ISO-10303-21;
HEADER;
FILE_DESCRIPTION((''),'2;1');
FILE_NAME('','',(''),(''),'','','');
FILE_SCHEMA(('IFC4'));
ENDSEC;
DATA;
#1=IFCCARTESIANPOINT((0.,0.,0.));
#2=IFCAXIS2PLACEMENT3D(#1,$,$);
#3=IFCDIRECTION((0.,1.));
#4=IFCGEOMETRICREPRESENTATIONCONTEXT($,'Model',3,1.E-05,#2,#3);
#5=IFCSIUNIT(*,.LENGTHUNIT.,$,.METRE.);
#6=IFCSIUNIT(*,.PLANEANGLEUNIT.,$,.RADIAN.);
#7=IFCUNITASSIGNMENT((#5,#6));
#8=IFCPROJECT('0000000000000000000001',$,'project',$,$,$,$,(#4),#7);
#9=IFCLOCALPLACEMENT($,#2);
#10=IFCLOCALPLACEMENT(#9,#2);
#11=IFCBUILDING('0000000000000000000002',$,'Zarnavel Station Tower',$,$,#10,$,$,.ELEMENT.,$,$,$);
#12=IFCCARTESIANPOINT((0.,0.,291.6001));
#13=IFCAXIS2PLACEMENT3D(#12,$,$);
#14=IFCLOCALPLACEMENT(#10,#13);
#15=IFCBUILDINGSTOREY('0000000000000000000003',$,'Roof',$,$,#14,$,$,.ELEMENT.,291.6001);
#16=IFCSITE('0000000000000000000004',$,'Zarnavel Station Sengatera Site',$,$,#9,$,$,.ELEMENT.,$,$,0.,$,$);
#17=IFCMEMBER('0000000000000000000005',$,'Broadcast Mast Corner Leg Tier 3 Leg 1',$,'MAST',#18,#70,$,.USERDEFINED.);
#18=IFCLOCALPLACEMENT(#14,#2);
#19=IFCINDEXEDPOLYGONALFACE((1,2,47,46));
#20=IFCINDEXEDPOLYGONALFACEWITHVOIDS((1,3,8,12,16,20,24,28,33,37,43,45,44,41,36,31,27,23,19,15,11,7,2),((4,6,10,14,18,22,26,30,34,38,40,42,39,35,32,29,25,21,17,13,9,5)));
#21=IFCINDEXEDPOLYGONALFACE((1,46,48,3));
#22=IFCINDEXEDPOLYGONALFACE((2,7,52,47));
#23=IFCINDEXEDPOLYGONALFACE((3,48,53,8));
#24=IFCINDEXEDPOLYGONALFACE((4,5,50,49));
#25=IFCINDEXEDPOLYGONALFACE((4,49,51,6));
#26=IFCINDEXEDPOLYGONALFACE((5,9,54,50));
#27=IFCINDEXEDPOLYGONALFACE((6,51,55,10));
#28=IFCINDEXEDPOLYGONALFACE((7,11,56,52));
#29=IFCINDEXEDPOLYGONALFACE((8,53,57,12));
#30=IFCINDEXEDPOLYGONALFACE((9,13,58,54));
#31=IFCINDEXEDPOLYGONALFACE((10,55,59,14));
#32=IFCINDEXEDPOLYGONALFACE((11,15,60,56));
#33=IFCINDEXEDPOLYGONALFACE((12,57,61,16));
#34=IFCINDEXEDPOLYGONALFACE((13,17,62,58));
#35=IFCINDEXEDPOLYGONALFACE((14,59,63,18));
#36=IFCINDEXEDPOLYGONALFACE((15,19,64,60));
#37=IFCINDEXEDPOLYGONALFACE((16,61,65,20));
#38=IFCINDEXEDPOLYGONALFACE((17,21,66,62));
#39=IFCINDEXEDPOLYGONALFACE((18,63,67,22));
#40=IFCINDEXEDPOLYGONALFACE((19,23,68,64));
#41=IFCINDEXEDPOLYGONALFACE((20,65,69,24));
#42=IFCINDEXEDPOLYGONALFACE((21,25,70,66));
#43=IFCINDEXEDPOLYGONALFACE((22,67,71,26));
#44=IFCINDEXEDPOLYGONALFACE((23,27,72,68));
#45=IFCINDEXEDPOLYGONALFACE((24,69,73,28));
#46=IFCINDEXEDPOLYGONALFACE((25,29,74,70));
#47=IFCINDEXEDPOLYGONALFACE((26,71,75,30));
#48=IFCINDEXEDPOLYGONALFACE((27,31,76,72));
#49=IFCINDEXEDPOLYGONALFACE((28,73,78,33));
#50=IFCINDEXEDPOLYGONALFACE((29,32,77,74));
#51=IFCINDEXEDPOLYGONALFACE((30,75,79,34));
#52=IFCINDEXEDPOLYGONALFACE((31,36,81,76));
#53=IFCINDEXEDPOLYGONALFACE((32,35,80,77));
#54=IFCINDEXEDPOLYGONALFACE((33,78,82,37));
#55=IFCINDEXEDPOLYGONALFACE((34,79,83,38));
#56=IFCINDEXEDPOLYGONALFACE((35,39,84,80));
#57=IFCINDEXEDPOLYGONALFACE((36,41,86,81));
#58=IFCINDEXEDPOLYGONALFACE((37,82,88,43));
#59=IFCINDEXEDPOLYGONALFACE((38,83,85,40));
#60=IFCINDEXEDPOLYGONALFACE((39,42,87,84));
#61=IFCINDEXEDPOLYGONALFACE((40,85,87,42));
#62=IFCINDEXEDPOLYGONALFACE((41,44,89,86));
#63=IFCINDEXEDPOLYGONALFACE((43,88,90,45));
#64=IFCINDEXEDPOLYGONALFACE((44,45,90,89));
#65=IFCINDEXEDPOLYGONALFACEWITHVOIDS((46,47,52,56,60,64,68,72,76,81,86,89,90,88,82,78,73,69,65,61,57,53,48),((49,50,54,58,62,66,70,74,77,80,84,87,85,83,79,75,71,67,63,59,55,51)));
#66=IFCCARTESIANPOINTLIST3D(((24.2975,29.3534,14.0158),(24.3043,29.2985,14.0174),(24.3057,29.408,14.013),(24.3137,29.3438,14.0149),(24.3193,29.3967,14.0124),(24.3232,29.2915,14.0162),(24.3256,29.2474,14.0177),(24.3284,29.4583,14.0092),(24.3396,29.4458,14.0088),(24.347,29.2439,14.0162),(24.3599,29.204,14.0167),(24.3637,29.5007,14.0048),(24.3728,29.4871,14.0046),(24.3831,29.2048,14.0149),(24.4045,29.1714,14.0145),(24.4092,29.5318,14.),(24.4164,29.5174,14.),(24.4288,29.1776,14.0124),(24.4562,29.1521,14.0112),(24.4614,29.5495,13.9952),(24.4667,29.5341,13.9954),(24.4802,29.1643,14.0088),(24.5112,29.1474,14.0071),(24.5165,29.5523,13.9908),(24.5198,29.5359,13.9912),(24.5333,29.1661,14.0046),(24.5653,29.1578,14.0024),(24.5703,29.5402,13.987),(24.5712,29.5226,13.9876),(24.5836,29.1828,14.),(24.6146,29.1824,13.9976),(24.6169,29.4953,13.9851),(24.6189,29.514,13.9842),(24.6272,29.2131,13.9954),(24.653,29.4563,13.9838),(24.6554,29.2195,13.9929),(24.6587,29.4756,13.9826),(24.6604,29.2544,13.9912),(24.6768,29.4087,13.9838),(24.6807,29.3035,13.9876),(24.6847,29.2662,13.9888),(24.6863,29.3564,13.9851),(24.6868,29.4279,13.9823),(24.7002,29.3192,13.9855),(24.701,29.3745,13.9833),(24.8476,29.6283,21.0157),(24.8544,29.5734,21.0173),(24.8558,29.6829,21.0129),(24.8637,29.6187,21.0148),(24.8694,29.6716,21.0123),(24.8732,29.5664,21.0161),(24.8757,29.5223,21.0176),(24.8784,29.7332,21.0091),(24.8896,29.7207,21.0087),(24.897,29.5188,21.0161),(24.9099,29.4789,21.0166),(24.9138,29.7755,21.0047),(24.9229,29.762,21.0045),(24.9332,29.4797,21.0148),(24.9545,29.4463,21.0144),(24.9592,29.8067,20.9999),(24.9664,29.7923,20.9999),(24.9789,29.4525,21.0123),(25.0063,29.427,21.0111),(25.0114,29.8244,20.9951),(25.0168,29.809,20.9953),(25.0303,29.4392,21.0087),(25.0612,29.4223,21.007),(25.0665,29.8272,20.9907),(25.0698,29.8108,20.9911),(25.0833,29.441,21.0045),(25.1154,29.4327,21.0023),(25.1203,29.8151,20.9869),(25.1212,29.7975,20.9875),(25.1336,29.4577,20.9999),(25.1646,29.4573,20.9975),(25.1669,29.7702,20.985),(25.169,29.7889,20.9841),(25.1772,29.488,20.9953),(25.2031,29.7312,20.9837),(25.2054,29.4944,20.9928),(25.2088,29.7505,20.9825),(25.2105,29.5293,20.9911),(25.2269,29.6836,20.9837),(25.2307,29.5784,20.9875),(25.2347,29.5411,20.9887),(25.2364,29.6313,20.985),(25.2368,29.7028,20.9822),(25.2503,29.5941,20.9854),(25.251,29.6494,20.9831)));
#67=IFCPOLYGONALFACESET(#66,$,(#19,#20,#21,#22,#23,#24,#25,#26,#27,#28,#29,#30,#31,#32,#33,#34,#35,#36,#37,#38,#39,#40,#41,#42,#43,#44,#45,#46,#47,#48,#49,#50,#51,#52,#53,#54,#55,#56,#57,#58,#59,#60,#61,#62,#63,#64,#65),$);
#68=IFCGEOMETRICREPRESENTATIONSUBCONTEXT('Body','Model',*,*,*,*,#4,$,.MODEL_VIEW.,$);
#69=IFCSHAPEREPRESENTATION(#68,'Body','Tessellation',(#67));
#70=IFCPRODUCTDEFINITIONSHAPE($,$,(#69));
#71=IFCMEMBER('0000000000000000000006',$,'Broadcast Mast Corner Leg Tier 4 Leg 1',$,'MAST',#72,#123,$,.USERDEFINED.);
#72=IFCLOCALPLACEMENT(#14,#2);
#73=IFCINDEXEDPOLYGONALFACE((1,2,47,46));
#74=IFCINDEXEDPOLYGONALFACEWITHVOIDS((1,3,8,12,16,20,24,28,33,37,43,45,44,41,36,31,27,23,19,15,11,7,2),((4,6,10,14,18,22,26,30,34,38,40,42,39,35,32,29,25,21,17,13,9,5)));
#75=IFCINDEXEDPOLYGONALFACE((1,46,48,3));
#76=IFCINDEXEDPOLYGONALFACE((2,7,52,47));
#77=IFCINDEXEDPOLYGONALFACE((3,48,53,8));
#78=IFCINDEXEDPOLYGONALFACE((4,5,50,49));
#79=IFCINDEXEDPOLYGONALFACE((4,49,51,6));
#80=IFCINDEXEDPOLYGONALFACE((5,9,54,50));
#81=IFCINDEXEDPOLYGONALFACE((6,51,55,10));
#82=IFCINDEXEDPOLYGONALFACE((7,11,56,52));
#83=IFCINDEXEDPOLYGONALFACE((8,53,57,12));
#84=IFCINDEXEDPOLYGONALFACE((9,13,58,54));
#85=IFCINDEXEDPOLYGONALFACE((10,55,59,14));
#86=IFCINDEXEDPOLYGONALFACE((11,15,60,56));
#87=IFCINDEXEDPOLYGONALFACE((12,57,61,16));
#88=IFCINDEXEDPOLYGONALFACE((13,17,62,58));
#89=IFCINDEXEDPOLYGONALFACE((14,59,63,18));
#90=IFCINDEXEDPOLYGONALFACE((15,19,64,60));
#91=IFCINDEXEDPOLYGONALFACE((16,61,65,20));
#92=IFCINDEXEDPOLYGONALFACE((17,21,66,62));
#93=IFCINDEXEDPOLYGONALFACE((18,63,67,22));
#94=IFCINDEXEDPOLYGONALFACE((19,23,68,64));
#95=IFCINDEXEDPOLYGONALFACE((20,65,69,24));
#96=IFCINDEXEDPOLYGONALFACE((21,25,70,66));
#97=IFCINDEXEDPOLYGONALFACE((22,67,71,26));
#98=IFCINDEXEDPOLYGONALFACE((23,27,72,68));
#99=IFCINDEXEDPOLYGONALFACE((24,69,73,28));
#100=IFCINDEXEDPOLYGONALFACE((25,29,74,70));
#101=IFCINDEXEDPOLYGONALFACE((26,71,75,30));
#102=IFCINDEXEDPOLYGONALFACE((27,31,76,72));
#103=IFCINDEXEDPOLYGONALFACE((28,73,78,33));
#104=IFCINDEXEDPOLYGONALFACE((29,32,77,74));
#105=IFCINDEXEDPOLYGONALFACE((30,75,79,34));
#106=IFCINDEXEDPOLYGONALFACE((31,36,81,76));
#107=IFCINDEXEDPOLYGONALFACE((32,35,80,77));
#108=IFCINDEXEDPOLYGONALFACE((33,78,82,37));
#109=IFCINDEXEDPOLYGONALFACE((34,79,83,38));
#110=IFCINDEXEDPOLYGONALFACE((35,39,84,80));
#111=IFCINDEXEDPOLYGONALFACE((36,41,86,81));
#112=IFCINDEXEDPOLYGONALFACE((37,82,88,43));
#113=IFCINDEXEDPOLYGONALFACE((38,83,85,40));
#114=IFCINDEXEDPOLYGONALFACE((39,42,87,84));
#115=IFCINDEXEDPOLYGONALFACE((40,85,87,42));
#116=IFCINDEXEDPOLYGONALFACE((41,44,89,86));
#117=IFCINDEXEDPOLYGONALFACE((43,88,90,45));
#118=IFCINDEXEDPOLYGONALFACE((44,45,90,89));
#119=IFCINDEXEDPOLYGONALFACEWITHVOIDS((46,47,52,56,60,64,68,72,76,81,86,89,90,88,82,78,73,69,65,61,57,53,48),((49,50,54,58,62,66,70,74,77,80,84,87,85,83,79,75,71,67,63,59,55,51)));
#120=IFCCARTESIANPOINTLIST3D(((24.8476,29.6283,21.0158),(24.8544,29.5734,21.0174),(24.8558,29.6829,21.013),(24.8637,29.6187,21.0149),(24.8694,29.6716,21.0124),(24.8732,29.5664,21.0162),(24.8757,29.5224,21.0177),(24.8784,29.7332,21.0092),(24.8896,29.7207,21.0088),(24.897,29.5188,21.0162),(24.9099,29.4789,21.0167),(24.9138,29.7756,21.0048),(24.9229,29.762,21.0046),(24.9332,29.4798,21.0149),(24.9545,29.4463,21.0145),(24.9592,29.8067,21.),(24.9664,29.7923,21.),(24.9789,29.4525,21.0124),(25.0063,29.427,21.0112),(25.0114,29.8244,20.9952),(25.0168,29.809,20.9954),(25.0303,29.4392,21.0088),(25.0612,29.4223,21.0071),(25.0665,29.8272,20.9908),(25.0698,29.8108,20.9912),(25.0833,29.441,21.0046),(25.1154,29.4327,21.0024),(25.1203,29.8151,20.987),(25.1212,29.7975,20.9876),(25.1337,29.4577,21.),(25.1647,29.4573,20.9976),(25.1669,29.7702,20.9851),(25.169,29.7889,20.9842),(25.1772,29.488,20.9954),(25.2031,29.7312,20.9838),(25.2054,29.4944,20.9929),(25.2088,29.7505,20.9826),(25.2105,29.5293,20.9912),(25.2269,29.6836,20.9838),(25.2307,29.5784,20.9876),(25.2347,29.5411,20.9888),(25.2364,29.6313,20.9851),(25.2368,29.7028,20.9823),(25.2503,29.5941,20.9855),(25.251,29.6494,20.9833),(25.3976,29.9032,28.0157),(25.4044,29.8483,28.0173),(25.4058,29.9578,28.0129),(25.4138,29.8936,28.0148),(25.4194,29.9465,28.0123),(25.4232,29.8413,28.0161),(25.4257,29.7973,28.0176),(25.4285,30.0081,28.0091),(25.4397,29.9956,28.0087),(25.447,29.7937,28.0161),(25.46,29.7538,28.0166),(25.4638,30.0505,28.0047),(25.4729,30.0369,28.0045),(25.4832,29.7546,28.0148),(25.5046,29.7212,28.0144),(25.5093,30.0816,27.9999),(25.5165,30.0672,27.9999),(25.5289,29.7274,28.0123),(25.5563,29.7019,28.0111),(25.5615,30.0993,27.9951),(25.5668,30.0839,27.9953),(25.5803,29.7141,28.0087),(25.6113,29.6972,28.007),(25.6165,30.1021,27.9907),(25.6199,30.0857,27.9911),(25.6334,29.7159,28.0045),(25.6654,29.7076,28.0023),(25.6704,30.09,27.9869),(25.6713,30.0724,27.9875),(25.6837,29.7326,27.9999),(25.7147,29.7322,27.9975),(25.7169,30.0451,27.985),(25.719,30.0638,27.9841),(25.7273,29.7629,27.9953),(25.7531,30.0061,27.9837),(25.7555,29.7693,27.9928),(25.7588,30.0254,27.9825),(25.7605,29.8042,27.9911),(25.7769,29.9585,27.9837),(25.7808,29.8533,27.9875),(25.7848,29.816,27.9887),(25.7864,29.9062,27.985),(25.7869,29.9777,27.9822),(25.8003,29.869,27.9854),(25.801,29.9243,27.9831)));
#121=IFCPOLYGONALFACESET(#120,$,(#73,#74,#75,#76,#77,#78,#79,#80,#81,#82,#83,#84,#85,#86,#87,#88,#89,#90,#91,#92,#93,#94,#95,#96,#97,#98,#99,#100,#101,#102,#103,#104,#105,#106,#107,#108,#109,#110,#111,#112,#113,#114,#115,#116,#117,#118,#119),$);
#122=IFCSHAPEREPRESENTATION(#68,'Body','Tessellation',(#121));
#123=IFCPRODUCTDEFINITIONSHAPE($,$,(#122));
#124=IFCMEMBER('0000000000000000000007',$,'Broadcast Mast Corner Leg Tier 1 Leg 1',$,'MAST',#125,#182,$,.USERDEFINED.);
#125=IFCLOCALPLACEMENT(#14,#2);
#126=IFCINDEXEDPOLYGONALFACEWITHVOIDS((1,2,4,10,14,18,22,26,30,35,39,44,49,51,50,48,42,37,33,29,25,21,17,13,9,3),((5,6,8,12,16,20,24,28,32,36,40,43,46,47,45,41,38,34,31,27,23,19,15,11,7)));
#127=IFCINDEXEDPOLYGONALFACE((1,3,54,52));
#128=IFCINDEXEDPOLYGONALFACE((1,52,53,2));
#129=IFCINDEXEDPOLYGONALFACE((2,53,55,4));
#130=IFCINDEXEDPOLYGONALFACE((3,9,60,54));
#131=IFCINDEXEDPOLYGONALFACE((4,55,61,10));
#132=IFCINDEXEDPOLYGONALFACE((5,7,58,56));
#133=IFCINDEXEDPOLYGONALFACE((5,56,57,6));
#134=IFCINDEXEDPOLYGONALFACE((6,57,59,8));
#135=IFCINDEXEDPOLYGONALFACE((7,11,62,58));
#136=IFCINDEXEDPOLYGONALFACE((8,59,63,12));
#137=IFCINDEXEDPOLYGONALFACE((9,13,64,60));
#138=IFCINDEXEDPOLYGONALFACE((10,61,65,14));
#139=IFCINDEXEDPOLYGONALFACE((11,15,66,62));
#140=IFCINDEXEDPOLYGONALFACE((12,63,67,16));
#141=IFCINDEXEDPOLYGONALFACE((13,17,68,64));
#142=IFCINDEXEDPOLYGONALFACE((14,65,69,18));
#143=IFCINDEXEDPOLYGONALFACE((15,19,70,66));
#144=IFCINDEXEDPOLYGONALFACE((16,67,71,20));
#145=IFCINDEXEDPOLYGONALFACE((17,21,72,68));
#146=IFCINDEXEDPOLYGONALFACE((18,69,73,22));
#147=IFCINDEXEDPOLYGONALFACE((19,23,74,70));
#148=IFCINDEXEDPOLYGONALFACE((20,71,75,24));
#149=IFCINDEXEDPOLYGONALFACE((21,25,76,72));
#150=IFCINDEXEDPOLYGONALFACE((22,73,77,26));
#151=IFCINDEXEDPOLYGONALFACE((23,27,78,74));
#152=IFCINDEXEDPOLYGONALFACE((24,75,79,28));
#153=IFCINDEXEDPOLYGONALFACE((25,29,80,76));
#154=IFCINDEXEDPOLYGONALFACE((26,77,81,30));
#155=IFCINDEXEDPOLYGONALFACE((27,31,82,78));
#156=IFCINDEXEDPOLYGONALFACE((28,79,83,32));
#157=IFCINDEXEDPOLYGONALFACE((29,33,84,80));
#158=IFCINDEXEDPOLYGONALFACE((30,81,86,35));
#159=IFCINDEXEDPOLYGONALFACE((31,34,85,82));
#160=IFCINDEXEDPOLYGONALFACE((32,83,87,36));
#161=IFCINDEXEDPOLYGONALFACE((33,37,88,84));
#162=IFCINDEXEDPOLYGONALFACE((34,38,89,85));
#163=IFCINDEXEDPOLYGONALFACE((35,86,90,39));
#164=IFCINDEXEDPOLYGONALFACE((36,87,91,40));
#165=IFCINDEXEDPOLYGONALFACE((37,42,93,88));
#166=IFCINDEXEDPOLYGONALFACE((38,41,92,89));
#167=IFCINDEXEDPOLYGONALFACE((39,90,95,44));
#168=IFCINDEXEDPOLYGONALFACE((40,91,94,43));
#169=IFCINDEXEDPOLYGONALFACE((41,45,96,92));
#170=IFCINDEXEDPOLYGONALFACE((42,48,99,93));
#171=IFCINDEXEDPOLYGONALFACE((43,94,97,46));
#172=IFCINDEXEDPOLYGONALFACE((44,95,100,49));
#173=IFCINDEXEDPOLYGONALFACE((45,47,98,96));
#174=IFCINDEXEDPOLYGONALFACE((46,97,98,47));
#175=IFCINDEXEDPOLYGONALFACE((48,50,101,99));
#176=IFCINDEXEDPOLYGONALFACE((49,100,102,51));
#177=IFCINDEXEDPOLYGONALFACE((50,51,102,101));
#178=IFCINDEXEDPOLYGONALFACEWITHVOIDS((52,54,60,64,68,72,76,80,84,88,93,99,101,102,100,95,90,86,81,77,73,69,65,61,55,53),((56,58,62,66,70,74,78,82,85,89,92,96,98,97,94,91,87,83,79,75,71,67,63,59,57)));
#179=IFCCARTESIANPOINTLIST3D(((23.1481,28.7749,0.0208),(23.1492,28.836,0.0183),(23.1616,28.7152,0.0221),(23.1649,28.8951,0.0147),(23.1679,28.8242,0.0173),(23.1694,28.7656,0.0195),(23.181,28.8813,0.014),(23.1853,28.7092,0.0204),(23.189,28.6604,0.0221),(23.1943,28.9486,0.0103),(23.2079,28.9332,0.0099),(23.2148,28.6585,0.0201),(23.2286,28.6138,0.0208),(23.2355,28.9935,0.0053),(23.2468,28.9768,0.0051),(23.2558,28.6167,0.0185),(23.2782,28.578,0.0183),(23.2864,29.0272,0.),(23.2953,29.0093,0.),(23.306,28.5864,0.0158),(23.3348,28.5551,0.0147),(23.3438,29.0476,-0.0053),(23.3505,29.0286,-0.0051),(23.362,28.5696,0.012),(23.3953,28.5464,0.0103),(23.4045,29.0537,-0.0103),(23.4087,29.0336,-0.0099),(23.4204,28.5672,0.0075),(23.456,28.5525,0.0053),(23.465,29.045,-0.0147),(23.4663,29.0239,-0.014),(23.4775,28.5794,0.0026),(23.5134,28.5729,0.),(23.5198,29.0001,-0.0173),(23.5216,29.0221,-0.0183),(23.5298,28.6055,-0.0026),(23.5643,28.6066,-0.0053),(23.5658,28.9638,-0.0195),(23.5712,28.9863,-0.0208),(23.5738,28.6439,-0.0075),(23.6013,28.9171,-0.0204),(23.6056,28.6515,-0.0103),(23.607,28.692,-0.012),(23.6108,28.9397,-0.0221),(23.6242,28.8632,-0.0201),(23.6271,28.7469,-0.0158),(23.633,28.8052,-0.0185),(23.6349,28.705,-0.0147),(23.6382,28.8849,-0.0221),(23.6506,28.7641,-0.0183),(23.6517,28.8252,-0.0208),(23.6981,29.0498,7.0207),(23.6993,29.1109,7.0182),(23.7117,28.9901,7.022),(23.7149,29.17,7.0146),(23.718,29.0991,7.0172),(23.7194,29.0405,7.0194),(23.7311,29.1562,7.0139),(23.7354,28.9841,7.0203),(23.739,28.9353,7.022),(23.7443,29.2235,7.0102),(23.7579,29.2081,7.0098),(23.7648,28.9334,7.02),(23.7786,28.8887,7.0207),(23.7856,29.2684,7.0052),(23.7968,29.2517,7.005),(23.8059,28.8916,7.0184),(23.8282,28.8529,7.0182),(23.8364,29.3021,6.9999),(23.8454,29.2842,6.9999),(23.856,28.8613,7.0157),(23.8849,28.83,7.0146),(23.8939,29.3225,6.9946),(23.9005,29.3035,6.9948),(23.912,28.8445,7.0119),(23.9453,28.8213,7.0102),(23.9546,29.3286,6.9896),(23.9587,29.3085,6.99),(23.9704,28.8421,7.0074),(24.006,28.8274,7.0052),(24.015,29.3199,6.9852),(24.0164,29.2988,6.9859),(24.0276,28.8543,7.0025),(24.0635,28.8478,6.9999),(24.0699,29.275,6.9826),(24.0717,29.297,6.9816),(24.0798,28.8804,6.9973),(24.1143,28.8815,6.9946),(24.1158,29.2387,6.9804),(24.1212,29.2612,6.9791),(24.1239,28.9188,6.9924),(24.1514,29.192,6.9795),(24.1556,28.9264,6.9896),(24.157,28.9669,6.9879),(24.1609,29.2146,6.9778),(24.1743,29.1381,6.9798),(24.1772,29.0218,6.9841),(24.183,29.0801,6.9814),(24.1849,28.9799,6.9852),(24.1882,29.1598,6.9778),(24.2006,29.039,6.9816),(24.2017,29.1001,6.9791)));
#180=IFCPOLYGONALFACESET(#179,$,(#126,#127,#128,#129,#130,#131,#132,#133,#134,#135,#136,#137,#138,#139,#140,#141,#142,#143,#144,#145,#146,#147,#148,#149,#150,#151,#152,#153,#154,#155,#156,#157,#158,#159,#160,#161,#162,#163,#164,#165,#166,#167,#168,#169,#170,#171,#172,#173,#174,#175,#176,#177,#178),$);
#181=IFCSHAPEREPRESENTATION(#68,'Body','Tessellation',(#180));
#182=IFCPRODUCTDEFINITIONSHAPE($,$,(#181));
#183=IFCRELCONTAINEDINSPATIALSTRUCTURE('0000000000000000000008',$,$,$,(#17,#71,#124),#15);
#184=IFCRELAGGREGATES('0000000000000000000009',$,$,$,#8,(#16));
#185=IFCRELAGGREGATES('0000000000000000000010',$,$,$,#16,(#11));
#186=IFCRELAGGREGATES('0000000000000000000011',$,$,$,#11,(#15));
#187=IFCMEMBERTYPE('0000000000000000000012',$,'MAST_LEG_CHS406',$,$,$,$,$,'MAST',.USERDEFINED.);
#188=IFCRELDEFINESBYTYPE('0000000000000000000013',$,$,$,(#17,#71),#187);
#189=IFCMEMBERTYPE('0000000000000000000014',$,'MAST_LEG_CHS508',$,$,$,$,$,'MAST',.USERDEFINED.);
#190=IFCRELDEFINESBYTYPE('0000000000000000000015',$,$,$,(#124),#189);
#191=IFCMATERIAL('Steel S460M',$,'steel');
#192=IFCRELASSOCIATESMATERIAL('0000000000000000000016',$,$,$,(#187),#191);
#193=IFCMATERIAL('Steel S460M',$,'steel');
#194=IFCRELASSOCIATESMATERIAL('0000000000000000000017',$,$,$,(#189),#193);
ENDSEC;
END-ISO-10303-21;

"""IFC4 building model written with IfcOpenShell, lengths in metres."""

from ifc_helpers import new_model, si_unit, direction, frame, origin, origin_2d, place, context, subcontext, project, spatial, hollow_circle, extrude, material, material_profile, profile_set, type_object, element, save


model = new_model("IFC4")

# Units and contexts
model_context = context("Model", 3, precision=1e-05, world=origin(), true_north=direction((0.0, 1.0)))
body_context = subcontext(model_context, "Body", "Model", "MODEL_VIEW")
ifc_project = project(units=[si_unit("LENGTHUNIT", "METRE"), si_unit("PLANEANGLEUNIT", "RADIAN")], contexts=[model_context])

# Site, building, storey
site_placement = place(None, origin())
site = spatial("IfcSite", under=ifc_project, at=site_placement, Name="Zarnavel Station Sengatera Site", CompositionType="ELEMENT", RefElevation=0.0)
building_placement = place(site_placement, origin())
building = spatial("IfcBuilding", under=site, at=building_placement, Name="Zarnavel Station Tower", CompositionType="ELEMENT")
storey_placement = place(building_placement, frame((0.0, 0.0, 291.6001)))
storey = spatial("IfcBuildingStorey", under=building, at=storey_placement, Name="Roof", CompositionType="ELEMENT", Elevation=291.6001)

# Members
ifc_material_1 = material(Name="Steel S460M", Category="steel")
ifc_material_profile_1 = material_profile(ifc_material_1, hollow_circle(Radius=0.2031, WallThickness=0.0161, at=origin_2d()), Name="CHS406.4x16")
ifc_profile_set_1 = profile_set([ifc_material_profile_1], Name="Steel S460M")
member_type_1 = type_object("IfcMemberType", Name="MAST_LEG_CHS406", ElementType="MAST", PredefinedType="USERDEFINED", material=ifc_profile_set_1)
for number, where, z_axis, x_axis, name in (
    (1, (24.5, 29.3501, 14.0), (0.078277, 0.039121, 0.996164), (-0.447055, 0.894507, 0.0), "Broadcast Mast Corner Leg Tier 3 Leg 1"),
    (2, (25.05, 29.625, 21.0), (0.078277, 0.039121, 0.996164), (-0.447055, 0.894507, 0.0), "Broadcast Mast Corner Leg Tier 4 Leg 1"),
):
    element("IfcMember", number, at=place(storey_placement, frame(where, z_axis=z_axis, x_axis=x_axis)), inside=storey, type_object=member_type_1, Name=name, ObjectType="MAST", PredefinedType="USERDEFINED", context=body_context, shape_type="SweptSolid", body=[
        extrude(hollow_circle(Radius=0.2031, WallThickness=0.0161, at=origin_2d()), origin(), (0.0, 0.0, 1.0), 7.0269),
    ])
ifc_material_2 = material(Name="Steel S460M", Category="steel")
ifc_material_profile_2 = material_profile(ifc_material_2, hollow_circle(Radius=0.2539, WallThickness=0.02, at=origin_2d()), Name="CHS508x20")
ifc_profile_set_2 = profile_set([ifc_material_profile_2], Name="Steel S460M")
member_type_2 = type_object("IfcMemberType", Name="MAST_LEG_CHS508", ElementType="MAST", PredefinedType="USERDEFINED", material=ifc_profile_set_2)
for number, where, z_axis, x_axis, name in (
    (3, (23.3999, 28.8, 0.0), (0.078277, 0.039121, 0.996164), (-0.447055, 0.894507, 0.0), "Broadcast Mast Corner Leg Tier 1 Leg 1"),
):
    element("IfcMember", number, at=place(storey_placement, frame(where, z_axis=z_axis, x_axis=x_axis)), inside=storey, type_object=member_type_2, Name=name, ObjectType="MAST", PredefinedType="USERDEFINED", context=body_context, shape_type="SweptSolid", body=[
        extrude(hollow_circle(Radius=0.2539, WallThickness=0.02, at=origin_2d()), origin(), (0.0, 0.0, 1.0), 7.0269),
    ])

save(model, "model.ifc")
